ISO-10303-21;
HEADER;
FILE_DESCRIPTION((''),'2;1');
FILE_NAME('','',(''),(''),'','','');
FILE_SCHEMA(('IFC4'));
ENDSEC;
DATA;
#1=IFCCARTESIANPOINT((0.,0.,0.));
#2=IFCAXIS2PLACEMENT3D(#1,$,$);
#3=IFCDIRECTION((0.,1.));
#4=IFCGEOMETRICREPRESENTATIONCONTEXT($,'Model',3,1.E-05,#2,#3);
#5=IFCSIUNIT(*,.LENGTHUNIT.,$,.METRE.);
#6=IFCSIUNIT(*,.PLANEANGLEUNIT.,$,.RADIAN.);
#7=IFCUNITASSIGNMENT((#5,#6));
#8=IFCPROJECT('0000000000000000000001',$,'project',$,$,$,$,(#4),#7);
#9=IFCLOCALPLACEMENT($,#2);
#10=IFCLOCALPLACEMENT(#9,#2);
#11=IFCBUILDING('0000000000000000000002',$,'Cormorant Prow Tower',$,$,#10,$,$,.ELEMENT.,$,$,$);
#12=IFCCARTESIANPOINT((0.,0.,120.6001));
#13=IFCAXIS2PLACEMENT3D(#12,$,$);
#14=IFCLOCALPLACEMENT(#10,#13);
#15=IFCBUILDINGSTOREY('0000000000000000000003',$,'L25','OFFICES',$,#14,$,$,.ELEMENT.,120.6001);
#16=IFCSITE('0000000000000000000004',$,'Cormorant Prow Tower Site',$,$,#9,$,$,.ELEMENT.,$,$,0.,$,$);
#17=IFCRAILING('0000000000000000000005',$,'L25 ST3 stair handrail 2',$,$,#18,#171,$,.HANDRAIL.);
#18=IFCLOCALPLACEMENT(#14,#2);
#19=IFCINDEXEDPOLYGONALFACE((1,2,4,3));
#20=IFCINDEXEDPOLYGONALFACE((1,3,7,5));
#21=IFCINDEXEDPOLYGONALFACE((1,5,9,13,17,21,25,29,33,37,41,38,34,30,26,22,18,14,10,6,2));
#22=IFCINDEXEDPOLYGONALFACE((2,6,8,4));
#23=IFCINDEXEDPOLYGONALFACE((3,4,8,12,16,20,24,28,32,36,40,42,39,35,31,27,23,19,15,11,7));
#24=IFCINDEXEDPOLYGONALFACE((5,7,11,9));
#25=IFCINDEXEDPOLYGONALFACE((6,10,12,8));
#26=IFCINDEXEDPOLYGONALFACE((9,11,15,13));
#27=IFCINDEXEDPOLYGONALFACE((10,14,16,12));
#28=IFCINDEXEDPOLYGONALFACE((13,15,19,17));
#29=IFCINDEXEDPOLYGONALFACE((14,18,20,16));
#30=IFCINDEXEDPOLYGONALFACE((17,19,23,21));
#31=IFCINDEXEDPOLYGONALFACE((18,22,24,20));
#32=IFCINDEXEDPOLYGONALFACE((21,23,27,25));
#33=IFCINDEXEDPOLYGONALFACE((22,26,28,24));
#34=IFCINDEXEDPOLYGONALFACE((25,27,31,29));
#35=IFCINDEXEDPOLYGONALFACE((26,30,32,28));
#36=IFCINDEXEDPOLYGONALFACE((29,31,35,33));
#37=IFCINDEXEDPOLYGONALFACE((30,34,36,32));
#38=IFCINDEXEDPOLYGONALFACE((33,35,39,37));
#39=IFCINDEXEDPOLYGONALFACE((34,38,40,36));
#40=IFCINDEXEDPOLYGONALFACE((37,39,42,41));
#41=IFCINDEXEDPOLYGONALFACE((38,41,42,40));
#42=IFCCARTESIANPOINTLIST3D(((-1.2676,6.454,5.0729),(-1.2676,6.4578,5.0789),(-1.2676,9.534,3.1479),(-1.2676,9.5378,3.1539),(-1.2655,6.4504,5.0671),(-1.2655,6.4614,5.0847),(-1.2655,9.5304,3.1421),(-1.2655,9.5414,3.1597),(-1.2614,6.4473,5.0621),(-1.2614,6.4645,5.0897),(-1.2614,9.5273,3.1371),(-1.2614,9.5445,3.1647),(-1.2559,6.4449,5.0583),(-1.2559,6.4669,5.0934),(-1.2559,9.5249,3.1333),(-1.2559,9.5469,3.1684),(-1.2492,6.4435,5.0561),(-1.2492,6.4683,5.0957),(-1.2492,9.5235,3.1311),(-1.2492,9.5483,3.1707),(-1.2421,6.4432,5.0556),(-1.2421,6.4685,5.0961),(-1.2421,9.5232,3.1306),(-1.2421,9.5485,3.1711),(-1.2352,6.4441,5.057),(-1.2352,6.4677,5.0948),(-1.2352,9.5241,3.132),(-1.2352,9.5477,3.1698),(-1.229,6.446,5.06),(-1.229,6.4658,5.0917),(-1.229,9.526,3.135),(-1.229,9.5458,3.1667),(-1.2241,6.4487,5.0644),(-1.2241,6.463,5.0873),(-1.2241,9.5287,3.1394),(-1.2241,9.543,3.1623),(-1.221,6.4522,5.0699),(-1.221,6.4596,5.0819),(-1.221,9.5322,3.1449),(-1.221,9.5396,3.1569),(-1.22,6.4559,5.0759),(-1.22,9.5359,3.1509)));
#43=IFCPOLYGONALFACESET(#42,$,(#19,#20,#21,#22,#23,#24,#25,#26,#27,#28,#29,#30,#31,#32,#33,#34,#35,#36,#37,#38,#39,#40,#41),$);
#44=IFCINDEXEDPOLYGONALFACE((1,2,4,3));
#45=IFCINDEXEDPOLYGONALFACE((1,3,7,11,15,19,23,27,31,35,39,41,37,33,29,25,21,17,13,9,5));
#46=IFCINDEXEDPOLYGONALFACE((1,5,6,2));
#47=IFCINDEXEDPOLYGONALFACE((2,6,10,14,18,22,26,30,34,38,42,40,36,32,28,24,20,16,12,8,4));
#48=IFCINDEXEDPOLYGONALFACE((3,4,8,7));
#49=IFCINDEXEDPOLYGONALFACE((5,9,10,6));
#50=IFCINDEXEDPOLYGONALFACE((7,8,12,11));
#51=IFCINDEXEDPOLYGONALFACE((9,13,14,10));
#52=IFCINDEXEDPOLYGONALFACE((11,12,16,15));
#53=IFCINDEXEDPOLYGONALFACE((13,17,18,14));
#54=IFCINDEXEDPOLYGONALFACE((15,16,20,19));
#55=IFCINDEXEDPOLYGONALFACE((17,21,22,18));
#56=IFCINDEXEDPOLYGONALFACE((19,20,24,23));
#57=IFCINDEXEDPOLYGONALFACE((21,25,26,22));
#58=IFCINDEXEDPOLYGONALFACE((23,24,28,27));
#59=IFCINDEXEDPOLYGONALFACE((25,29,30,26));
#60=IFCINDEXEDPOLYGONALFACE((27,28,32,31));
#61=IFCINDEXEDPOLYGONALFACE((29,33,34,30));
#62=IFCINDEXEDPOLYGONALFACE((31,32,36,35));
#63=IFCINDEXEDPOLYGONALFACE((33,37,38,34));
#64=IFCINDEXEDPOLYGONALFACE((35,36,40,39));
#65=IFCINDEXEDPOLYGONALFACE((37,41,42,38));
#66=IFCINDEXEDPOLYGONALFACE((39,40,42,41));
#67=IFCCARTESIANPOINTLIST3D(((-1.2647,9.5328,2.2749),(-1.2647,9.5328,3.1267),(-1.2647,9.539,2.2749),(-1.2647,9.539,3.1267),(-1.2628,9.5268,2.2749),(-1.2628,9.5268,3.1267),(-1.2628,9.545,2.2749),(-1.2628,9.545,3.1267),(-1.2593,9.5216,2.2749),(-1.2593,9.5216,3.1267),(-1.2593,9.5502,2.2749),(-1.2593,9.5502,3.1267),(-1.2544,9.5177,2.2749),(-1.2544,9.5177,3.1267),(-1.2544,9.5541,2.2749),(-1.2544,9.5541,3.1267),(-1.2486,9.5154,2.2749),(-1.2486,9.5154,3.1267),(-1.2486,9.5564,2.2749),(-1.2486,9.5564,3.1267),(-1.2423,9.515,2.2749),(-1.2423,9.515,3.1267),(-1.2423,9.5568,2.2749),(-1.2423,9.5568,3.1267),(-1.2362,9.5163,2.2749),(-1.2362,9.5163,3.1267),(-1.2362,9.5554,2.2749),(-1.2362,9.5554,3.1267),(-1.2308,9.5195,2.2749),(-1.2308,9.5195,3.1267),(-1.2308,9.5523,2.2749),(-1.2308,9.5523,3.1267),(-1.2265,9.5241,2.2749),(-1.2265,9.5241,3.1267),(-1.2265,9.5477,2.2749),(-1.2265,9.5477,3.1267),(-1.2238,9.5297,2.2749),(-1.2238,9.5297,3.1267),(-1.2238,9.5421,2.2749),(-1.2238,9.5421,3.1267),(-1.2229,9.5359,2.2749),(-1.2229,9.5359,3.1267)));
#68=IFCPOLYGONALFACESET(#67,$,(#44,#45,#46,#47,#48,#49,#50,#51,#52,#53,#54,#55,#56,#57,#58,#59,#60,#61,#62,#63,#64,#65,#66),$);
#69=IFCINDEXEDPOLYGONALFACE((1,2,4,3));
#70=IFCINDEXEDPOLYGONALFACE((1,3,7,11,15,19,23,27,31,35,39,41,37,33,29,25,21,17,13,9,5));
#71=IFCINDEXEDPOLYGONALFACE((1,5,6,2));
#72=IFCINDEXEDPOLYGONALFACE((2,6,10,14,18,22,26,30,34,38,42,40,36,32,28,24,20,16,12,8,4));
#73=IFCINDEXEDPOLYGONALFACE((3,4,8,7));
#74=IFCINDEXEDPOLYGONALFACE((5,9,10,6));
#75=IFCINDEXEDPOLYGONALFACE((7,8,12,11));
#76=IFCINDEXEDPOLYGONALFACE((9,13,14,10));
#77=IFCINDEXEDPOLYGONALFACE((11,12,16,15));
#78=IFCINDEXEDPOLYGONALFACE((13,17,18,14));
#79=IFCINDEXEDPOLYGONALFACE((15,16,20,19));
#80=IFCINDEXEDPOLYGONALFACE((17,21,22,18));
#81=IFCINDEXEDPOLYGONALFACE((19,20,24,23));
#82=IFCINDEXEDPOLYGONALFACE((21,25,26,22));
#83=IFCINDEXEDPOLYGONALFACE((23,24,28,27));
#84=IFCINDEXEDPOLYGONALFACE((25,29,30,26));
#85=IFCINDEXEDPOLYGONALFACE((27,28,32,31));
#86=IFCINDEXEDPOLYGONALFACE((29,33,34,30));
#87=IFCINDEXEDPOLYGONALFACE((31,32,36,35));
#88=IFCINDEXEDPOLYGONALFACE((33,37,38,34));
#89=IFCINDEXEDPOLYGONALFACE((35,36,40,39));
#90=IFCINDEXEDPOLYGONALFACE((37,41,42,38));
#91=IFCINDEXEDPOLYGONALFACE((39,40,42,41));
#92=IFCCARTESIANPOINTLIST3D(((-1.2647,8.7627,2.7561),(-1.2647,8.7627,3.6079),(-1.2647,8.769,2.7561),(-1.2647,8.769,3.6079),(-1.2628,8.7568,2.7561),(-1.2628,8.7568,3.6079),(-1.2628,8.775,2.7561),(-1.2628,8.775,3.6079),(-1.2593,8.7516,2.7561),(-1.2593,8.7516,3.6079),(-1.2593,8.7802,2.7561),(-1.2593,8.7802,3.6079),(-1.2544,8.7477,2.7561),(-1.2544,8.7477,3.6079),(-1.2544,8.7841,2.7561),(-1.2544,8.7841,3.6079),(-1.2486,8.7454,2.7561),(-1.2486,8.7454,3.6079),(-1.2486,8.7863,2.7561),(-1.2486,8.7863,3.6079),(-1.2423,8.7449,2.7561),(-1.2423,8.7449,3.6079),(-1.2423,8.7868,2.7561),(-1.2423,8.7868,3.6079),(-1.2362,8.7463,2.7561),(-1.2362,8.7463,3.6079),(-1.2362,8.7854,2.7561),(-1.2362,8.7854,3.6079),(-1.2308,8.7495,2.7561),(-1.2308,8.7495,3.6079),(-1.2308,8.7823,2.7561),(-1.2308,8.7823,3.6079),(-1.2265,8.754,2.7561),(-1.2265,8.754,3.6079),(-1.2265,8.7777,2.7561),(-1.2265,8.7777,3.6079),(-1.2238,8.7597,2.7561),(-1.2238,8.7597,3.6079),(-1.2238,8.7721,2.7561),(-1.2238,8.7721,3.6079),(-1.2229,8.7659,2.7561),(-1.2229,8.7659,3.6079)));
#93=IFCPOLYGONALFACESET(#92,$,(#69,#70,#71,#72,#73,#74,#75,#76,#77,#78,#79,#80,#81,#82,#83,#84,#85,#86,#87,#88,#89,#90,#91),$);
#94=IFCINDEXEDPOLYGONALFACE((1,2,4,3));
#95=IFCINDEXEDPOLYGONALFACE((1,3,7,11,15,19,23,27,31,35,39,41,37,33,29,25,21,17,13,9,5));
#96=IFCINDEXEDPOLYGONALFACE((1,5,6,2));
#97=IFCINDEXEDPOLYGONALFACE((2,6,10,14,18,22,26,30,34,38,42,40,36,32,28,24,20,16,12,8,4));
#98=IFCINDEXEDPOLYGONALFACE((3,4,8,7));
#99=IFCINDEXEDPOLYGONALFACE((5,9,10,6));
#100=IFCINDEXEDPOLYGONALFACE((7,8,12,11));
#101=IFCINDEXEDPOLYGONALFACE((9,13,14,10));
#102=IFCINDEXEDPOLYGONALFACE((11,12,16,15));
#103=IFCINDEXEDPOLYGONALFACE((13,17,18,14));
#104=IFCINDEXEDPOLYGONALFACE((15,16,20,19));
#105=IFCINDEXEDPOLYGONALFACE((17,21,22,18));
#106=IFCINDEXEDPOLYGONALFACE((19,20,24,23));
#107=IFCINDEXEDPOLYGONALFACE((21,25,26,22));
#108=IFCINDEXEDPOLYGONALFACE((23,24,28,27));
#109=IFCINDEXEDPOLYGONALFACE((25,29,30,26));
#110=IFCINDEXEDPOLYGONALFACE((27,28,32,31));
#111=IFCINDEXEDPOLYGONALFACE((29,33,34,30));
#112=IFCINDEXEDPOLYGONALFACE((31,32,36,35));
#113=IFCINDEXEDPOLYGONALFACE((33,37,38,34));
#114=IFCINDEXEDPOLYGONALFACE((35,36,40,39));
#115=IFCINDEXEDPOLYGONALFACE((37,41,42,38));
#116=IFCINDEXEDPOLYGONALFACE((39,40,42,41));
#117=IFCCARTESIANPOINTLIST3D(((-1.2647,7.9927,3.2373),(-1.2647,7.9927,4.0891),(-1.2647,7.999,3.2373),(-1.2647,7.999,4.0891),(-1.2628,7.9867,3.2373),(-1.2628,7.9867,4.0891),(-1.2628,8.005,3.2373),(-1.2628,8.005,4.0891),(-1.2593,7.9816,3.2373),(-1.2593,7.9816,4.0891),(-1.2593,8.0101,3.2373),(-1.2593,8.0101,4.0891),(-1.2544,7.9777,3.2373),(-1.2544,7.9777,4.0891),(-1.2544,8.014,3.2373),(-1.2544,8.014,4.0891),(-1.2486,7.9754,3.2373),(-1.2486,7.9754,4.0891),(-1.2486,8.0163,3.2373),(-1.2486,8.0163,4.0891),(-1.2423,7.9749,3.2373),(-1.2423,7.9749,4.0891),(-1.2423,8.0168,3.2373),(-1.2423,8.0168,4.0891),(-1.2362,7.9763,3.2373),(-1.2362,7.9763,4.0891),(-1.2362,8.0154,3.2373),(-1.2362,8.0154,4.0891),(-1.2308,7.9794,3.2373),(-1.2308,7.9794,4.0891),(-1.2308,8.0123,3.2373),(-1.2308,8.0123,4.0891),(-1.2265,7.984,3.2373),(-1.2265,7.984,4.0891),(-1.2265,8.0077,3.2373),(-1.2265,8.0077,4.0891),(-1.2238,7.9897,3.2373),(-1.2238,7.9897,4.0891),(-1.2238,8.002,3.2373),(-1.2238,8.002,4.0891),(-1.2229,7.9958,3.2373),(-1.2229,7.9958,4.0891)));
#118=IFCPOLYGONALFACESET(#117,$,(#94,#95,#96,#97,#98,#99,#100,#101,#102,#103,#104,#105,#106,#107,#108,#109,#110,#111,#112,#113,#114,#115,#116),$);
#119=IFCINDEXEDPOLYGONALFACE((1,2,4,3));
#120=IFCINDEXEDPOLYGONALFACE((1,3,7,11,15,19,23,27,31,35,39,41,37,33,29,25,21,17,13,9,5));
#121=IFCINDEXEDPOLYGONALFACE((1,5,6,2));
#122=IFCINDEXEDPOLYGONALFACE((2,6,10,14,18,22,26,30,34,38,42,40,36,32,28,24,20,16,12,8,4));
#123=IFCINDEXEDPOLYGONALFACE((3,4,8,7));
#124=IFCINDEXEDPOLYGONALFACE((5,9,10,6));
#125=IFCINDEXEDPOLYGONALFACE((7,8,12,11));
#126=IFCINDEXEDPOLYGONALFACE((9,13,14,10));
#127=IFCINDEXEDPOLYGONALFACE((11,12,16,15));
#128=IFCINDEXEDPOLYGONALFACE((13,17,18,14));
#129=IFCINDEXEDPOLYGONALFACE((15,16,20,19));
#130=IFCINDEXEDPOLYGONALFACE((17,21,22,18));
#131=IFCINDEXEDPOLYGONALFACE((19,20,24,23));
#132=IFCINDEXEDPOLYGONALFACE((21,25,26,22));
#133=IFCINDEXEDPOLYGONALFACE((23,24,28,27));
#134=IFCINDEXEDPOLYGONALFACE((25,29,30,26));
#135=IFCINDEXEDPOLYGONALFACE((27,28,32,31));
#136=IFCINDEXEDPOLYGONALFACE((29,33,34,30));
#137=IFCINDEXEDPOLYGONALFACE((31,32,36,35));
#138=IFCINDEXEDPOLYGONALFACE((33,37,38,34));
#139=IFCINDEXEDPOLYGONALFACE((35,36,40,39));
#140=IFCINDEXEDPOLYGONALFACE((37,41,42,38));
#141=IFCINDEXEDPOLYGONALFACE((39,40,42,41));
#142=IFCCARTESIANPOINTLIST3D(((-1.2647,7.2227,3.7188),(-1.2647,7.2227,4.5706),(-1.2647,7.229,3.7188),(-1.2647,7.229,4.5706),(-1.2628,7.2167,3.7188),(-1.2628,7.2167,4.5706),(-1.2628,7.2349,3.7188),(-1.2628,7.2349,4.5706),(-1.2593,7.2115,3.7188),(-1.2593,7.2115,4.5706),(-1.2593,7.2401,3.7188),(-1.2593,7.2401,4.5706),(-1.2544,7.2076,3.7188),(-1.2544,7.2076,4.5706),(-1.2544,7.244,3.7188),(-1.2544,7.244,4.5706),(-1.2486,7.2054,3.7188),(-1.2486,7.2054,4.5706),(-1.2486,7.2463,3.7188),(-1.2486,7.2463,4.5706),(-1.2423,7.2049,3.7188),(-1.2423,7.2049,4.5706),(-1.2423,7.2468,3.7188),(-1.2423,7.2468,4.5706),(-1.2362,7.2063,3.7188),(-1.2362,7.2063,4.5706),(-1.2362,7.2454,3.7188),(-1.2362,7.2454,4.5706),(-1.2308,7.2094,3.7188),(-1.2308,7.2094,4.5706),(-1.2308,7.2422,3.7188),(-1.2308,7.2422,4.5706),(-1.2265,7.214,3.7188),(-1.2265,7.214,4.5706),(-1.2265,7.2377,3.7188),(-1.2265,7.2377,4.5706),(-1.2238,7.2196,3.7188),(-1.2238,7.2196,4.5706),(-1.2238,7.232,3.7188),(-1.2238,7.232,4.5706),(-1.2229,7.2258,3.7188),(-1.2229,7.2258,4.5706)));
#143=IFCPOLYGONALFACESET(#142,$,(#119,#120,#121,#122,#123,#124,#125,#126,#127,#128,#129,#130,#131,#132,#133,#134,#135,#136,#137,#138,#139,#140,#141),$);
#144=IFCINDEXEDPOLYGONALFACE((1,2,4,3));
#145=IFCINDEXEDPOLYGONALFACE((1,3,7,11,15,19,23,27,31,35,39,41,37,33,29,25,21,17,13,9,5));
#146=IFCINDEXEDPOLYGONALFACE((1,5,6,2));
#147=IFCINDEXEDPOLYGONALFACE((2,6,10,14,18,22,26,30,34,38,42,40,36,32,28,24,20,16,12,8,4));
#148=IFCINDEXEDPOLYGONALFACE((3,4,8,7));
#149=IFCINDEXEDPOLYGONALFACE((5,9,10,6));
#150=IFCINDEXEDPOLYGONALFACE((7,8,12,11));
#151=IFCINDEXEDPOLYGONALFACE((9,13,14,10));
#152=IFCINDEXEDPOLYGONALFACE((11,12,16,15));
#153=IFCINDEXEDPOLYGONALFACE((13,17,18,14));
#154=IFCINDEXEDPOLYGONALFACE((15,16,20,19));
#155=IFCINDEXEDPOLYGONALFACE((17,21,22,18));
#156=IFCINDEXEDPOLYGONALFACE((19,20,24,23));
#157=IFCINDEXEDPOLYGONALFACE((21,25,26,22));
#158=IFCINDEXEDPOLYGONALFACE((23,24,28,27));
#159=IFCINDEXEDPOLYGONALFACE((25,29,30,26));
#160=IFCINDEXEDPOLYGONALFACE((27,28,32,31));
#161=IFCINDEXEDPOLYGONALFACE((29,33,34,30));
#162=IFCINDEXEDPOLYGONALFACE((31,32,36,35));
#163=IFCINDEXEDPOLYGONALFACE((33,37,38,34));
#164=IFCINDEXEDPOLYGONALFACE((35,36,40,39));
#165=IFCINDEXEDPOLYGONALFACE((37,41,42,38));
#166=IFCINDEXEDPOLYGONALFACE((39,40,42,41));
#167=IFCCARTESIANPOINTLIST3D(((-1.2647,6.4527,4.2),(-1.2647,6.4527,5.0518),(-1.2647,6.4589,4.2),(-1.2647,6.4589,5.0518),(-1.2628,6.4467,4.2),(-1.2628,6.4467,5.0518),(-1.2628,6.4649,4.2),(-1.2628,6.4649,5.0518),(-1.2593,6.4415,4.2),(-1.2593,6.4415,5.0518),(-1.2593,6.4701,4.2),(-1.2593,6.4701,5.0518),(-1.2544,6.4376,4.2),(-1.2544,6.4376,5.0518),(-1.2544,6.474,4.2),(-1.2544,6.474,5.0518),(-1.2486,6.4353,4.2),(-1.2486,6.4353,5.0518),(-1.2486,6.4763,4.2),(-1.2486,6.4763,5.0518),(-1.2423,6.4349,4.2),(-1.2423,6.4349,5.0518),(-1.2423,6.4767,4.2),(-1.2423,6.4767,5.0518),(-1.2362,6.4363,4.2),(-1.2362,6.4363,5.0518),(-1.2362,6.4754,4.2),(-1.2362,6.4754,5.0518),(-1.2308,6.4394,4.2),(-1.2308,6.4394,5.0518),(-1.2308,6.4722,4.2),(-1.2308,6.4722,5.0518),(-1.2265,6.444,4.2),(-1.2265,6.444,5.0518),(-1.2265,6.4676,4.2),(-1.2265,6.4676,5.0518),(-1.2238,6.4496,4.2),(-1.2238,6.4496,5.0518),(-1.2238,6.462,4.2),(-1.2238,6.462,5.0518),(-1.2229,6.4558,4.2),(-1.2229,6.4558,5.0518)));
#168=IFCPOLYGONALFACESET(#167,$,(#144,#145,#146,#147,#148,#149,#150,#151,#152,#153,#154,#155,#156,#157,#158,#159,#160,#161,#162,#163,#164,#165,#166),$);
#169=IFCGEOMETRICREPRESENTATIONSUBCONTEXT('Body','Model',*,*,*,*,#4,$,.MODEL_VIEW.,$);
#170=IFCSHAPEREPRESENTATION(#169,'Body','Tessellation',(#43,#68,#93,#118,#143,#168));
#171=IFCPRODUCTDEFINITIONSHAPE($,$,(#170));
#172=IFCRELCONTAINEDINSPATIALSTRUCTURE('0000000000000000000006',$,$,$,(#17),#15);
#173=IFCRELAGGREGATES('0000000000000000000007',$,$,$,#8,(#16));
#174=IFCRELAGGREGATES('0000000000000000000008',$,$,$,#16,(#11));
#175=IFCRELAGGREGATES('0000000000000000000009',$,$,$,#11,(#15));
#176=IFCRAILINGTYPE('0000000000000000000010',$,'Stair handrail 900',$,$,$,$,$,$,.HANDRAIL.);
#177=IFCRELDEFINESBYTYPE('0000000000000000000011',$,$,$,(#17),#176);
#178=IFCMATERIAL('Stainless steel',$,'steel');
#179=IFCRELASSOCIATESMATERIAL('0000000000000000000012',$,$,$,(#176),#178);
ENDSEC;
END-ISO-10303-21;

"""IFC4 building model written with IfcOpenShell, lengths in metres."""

from ifc_helpers import new_model, si_unit, direction, frame, origin, origin_2d, place, context, subcontext, project, spatial, circle, extrude, material, type_object, element, save


model = new_model("IFC4")

# Units and contexts
model_context = context("Model", 3, precision=1e-05, world=origin(), true_north=direction((0.0, 1.0)))
body_context = subcontext(model_context, "Body", "Model", "MODEL_VIEW")
ifc_project = project(units=[si_unit("LENGTHUNIT", "METRE"), si_unit("PLANEANGLEUNIT", "RADIAN")], contexts=[model_context])

# Site, building, storey
site_placement = place(None, origin())
site = spatial("IfcSite", under=ifc_project, at=site_placement, Name="Cormorant Prow Tower Site", CompositionType="ELEMENT", RefElevation=0.0)
building_placement = place(site_placement, origin())
building = spatial("IfcBuilding", under=site, at=building_placement, Name="Cormorant Prow Tower", CompositionType="ELEMENT")
storey_placement = place(building_placement, frame((0.0, 0.0, 120.6001)))
storey = spatial("IfcBuildingStorey", under=building, at=storey_placement, Name="L25", Description="OFFICES", CompositionType="ELEMENT", Elevation=120.6001)

# Railing
ifc_material_1 = material(Name="Stainless steel", Category="steel")
railing_type = type_object("IfcRailingType", Name="Stair handrail 900", PredefinedType="HANDRAIL", material=ifc_material_1)
railing_1_placement = place(storey_placement, frame((-1.2439, 9.5359, 2.2749)))
element("IfcRailing", 1, at=railing_1_placement, inside=storey, type_object=railing_type, Name="L25 ST3 stair handrail 2", PredefinedType="HANDRAIL", context=body_context, shape_type="SweptSolid", body=[
    extrude(circle(Radius=0.0239, at=origin_2d()), frame((0.0, 0.0, 0.876), z_axis=(0.0, -0.847998, 0.529999), x_axis=(1.0, 0.0, 0.0)), (0.0, 0.0, 1.0), 3.6321),
    extrude(circle(Radius=0.021, at=origin_2d()), origin(), (0.0, 0.0, 1.0), 0.8518),
    extrude(circle(Radius=0.021, at=origin_2d()), frame((0.0, -0.77, 0.4812)), (0.0, 0.0, 1.0), 0.8518),
    extrude(circle(Radius=0.021, at=origin_2d()), frame((0.0, -1.54, 0.9624)), (0.0, 0.0, 1.0), 0.8518),
    extrude(circle(Radius=0.021, at=origin_2d()), frame((0.0, -2.3101, 1.4438)), (0.0, 0.0, 1.0), 0.8518),
    extrude(circle(Radius=0.021, at=origin_2d()), frame((0.0, -3.0801, 1.925)), (0.0, 0.0, 1.0), 0.8518),
])

save(model, "model.ifc")
